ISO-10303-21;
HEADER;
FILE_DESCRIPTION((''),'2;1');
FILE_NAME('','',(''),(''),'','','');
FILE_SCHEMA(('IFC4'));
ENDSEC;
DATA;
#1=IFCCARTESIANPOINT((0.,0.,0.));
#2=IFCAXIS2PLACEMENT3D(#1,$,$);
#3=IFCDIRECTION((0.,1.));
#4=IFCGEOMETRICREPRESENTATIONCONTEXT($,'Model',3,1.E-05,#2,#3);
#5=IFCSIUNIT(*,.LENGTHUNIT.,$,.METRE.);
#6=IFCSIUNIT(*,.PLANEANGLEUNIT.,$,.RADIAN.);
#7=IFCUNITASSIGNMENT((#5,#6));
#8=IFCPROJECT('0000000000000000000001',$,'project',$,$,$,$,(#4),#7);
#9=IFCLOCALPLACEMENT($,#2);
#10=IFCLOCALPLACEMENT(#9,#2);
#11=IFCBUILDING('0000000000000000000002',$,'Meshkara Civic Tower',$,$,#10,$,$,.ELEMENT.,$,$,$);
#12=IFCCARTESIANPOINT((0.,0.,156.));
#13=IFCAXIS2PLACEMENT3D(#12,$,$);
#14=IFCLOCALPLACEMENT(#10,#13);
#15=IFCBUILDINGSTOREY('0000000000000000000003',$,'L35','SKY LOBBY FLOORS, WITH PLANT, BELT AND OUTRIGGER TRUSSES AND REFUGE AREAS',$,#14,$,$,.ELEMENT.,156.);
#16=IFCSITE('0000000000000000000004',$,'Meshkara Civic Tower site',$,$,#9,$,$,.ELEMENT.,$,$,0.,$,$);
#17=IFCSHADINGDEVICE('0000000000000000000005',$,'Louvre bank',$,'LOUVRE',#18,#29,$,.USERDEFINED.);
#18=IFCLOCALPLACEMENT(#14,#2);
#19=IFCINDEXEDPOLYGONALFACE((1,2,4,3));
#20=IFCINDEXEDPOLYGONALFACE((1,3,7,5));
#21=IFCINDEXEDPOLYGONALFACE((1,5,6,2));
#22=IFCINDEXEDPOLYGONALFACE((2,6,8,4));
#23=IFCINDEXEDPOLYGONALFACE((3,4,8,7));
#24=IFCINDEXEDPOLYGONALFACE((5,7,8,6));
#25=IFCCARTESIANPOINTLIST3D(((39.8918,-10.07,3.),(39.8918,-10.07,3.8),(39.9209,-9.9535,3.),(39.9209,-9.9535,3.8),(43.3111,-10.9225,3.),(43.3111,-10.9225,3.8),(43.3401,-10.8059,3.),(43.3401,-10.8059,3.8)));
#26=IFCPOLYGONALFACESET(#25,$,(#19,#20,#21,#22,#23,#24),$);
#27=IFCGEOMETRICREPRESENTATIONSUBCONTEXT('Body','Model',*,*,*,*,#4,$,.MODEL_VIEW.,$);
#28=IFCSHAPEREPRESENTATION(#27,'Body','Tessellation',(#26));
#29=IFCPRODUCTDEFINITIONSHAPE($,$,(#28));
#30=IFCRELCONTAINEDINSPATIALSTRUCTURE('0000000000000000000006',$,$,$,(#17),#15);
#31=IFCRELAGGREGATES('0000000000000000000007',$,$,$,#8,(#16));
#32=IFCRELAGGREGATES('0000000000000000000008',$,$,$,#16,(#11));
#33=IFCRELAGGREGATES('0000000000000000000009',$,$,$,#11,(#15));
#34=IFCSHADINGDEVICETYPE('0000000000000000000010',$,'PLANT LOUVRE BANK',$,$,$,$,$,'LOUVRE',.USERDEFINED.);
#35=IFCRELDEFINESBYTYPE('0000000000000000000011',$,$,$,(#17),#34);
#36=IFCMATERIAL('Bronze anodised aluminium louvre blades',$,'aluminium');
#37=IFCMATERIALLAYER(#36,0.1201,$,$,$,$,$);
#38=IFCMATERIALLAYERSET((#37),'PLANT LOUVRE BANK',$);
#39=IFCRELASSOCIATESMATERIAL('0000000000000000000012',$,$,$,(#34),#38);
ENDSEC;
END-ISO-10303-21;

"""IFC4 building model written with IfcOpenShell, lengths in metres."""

from ifc_helpers import new_model, si_unit, direction, frame, origin, origin_2d, place, context, subcontext, project, spatial, rectangle, extrude, material, layer, layer_set, type_object, element, save


model = new_model("IFC4")

# Units and contexts
model_context = context("Model", 3, precision=1e-05, world=origin(), true_north=direction((0.0, 1.0)))
body_context = subcontext(model_context, "Body", "Model", "MODEL_VIEW")
ifc_project = project(units=[si_unit("LENGTHUNIT", "METRE"), si_unit("PLANEANGLEUNIT", "RADIAN")], contexts=[model_context])

# Site, building, storey
site_placement = place(None, origin())
site = spatial("IfcSite", under=ifc_project, at=site_placement, Name="Meshkara Civic Tower site", CompositionType="ELEMENT", RefElevation=0.0)
building_placement = place(site_placement, origin())
building = spatial("IfcBuilding", under=site, at=building_placement, Name="Meshkara Civic Tower", CompositionType="ELEMENT")
storey_placement = place(building_placement, frame((0.0, 0.0, 156.0)))
storey = spatial("IfcBuildingStorey", under=building, at=storey_placement, Name="L35", Description="SKY LOBBY FLOORS, WITH PLANT, BELT AND OUTRIGGER TRUSSES AND REFUGE AREAS", CompositionType="ELEMENT", Elevation=156.0)

# Shading device
ifc_material_1 = material(Name="Bronze anodised aluminium louvre blades", Category="aluminium")
ifc_layer_1 = layer(ifc_material_1, 0.1201)
ifc_layer_set_1 = layer_set([ifc_layer_1], Name="PLANT LOUVRE BANK")
shading_device_type = type_object("IfcShadingDeviceType", Name="PLANT LOUVRE BANK", ElementType="LOUVRE", PredefinedType="USERDEFINED", material=ifc_layer_set_1)
shading_device_placement = place(storey_placement, frame((41.616, -10.438, 3.0), z_axis=(0.0, 0.0, 1.0), x_axis=(0.9703, -0.241905, 0.0)))
element("IfcShadingDevice", 1, at=shading_device_placement, inside=storey, type_object=shading_device_type, Name="Louvre bank", ObjectType="LOUVRE", PredefinedType="USERDEFINED", context=body_context, shape_type="SweptSolid", body=[
    extrude(rectangle(XDim=3.5239, YDim=0.1201, at=origin_2d()), origin(), (0.0, 0.0, 1.0), 0.8),
])

save(model, "model.ifc")
